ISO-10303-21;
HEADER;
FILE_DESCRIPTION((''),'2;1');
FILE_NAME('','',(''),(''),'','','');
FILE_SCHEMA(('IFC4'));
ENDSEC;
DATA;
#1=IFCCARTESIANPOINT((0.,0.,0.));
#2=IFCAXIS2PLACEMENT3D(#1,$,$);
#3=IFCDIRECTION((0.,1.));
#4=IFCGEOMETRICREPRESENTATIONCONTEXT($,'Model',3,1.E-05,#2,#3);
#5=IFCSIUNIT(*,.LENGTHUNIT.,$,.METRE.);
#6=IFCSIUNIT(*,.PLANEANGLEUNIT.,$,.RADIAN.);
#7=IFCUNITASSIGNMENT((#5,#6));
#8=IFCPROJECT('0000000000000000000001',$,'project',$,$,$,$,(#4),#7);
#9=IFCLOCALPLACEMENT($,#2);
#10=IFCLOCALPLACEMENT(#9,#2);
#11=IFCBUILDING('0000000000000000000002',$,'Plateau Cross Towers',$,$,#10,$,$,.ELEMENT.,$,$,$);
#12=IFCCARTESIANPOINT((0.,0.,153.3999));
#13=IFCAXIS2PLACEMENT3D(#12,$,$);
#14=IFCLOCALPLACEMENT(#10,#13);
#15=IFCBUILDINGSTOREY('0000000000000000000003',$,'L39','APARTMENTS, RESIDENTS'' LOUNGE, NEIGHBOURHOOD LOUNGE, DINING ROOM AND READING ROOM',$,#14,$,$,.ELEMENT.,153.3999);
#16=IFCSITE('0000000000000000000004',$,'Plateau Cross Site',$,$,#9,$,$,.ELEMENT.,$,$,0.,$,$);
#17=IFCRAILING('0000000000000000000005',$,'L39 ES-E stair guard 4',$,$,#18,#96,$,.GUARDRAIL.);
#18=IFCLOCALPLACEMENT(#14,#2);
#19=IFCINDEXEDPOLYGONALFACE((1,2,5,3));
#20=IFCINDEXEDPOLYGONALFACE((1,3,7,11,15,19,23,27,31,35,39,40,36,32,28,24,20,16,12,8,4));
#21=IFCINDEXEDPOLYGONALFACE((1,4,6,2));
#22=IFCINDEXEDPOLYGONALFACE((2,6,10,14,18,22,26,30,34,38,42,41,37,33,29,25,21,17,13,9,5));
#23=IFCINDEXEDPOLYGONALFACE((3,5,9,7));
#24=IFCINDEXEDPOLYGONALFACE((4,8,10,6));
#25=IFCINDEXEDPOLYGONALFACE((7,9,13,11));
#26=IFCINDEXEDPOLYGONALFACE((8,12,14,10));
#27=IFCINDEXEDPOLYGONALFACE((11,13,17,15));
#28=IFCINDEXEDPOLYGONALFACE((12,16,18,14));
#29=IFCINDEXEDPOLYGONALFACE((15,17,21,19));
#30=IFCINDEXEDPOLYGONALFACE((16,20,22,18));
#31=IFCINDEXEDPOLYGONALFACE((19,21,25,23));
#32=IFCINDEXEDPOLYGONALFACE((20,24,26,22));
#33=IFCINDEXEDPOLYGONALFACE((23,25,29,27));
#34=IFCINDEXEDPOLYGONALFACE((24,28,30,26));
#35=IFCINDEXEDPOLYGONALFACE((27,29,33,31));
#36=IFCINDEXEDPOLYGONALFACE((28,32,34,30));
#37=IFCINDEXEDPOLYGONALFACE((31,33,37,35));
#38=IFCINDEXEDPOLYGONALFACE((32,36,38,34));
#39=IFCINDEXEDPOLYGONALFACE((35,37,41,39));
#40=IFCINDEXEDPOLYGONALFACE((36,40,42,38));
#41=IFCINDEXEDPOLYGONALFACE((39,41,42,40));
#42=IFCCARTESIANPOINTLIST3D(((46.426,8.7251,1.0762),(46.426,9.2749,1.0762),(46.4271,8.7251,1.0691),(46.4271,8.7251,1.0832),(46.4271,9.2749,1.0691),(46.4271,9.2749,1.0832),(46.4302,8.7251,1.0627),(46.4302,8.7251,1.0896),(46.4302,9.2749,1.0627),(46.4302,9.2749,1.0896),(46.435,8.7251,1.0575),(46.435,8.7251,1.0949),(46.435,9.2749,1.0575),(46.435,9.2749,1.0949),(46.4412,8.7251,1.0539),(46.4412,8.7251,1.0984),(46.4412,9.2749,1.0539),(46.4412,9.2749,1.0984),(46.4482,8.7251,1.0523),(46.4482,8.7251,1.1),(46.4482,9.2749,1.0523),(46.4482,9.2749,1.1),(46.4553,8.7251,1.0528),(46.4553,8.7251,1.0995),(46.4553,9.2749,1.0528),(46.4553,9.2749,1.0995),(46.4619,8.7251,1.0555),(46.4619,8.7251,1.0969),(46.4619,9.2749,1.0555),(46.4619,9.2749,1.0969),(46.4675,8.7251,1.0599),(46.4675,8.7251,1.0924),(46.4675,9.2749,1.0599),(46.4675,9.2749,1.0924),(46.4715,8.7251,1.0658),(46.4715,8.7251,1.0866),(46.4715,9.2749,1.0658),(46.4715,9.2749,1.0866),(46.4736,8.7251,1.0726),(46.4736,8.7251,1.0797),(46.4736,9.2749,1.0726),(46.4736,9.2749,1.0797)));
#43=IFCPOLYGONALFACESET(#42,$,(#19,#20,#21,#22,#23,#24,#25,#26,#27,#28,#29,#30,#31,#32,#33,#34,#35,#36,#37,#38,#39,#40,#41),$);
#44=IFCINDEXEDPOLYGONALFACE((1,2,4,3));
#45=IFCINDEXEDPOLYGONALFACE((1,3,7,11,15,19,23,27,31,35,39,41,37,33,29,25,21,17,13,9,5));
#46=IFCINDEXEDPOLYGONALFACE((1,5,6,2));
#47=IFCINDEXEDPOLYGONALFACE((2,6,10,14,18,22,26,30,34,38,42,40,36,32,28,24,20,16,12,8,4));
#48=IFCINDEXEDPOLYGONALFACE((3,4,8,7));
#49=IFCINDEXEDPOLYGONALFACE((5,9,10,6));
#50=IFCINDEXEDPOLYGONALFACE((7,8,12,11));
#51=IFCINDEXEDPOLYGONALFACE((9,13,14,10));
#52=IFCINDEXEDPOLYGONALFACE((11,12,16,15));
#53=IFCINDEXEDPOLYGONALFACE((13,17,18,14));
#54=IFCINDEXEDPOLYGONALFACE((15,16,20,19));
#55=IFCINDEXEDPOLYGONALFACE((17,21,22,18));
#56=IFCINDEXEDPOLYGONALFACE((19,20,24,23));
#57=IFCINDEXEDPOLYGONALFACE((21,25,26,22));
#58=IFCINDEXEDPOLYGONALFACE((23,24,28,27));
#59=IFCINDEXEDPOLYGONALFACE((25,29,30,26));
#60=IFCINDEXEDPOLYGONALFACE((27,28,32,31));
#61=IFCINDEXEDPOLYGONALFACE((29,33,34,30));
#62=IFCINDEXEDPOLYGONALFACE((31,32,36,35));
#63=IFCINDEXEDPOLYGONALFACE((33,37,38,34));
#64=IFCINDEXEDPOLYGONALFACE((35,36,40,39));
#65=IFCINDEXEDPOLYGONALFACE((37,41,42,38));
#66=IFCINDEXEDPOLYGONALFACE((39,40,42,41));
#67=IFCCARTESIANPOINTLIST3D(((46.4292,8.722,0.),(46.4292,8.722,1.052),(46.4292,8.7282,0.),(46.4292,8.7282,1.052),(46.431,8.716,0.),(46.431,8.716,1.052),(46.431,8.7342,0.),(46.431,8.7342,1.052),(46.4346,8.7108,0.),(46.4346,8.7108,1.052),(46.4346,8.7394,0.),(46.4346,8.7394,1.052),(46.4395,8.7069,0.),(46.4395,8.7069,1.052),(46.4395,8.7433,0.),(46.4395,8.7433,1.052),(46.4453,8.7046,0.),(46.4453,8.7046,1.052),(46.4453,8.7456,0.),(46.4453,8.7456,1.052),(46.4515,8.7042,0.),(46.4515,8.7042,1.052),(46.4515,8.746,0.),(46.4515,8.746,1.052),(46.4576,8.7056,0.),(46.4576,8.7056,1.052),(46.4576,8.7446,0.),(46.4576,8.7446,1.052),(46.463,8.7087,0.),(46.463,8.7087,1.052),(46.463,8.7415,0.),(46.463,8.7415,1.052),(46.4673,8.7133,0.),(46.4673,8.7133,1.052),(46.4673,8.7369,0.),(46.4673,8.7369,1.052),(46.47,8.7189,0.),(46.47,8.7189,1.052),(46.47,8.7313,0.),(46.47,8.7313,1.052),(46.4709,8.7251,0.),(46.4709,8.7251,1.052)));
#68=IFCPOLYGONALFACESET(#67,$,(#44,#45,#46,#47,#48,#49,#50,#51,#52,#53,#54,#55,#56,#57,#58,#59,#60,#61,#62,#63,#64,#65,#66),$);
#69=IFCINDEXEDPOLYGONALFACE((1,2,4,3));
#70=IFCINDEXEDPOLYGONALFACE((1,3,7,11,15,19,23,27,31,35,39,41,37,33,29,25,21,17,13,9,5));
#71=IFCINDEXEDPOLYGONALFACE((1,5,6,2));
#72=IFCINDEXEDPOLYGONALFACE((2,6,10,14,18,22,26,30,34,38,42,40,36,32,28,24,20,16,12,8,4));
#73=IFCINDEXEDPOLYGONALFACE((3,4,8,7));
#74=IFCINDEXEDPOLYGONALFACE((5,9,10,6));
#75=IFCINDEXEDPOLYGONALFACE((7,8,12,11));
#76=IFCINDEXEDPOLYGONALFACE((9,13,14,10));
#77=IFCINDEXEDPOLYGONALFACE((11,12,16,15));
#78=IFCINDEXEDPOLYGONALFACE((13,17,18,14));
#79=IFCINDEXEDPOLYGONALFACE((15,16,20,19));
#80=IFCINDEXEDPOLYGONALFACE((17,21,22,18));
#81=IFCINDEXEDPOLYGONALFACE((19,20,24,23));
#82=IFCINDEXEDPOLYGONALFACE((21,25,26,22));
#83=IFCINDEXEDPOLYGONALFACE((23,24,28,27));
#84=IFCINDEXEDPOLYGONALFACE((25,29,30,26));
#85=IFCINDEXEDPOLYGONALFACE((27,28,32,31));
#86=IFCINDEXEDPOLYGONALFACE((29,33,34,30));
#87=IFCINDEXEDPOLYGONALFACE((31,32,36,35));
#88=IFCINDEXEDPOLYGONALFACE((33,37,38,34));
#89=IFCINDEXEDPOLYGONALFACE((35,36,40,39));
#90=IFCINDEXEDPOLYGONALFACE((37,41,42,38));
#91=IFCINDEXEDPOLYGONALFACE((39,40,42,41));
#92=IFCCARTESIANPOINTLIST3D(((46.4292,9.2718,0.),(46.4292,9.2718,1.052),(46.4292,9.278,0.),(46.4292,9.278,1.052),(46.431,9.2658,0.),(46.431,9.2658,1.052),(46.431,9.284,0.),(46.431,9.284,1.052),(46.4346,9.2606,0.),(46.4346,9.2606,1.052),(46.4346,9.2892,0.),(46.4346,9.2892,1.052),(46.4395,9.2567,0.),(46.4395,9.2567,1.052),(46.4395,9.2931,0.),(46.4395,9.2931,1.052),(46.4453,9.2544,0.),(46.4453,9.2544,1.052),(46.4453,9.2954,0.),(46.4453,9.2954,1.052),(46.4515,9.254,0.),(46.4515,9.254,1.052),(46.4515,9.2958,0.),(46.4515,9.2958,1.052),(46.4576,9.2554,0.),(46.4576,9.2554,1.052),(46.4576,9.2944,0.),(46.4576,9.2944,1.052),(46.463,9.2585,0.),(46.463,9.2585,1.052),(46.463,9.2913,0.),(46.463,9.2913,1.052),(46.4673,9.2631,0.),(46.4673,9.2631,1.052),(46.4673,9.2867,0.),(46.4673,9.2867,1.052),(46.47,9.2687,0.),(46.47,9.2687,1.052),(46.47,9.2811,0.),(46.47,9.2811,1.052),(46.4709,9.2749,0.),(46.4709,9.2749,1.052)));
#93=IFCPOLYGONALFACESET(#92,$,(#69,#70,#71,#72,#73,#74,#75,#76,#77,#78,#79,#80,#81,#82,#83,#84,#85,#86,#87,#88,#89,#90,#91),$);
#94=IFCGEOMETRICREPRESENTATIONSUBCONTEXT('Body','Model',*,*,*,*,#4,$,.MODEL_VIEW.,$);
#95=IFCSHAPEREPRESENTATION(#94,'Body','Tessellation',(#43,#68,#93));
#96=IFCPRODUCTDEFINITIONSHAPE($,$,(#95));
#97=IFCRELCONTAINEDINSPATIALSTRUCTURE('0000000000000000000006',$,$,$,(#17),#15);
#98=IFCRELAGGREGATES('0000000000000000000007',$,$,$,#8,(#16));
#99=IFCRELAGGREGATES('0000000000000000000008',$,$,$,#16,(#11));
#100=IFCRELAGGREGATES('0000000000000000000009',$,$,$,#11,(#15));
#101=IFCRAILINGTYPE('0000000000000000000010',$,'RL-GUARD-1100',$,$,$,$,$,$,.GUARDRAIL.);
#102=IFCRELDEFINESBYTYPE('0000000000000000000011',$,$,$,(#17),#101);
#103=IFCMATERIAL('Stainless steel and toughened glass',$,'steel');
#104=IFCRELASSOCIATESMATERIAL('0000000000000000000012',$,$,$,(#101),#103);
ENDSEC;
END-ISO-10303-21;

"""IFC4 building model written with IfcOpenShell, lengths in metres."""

from ifc_helpers import new_model, si_unit, direction, frame, origin, origin_2d, place, context, subcontext, project, spatial, circle, extrude, material, type_object, element, save


model = new_model("IFC4")

# Units and contexts
model_context = context("Model", 3, precision=1e-05, world=origin(), true_north=direction((0.0, 1.0)))
body_context = subcontext(model_context, "Body", "Model", "MODEL_VIEW")
ifc_project = project(units=[si_unit("LENGTHUNIT", "METRE"), si_unit("PLANEANGLEUNIT", "RADIAN")], contexts=[model_context])

# Site, building, storey
site_placement = place(None, origin())
site = spatial("IfcSite", under=ifc_project, at=site_placement, Name="Plateau Cross Site", CompositionType="ELEMENT", RefElevation=0.0)
building_placement = place(site_placement, origin())
building = spatial("IfcBuilding", under=site, at=building_placement, Name="Plateau Cross Towers", CompositionType="ELEMENT")
storey_placement = place(building_placement, frame((0.0, 0.0, 153.3999)))
storey = spatial("IfcBuildingStorey", under=building, at=storey_placement, Name="L39", Description="APARTMENTS, RESIDENTS' LOUNGE, NEIGHBOURHOOD LOUNGE, DINING ROOM AND READING ROOM", CompositionType="ELEMENT", Elevation=153.3999)

# Railing
ifc_material_1 = material(Name="Stainless steel and toughened glass", Category="steel")
railing_type_1 = type_object("IfcRailingType", Name="RL-GUARD-1100", PredefinedType="GUARDRAIL", material=ifc_material_1)
railing_1_placement = place(storey_placement, frame((46.45, 8.7251, 0.0)))
element("IfcRailing", 1, at=railing_1_placement, inside=storey, type_object=railing_type_1, Name="L39 ES-E stair guard 4", PredefinedType="GUARDRAIL", context=body_context, shape_type="SweptSolid", body=[
    extrude(circle(Radius=0.0239, at=origin_2d()), frame((0.0, 0.0, 1.0762), z_axis=(0.0, 1.0, 0.0), x_axis=(-1.0, 0.0, 0.0)), (0.0, 0.0, 1.0), 0.5498),
    extrude(circle(Radius=0.021, at=origin_2d()), origin(), (0.0, 0.0, 1.0), 1.052),
    extrude(circle(Radius=0.021, at=origin_2d()), frame((0.0, 0.5498, 0.0)), (0.0, 0.0, 1.0), 1.052),
])

save(model, "model.ifc")
